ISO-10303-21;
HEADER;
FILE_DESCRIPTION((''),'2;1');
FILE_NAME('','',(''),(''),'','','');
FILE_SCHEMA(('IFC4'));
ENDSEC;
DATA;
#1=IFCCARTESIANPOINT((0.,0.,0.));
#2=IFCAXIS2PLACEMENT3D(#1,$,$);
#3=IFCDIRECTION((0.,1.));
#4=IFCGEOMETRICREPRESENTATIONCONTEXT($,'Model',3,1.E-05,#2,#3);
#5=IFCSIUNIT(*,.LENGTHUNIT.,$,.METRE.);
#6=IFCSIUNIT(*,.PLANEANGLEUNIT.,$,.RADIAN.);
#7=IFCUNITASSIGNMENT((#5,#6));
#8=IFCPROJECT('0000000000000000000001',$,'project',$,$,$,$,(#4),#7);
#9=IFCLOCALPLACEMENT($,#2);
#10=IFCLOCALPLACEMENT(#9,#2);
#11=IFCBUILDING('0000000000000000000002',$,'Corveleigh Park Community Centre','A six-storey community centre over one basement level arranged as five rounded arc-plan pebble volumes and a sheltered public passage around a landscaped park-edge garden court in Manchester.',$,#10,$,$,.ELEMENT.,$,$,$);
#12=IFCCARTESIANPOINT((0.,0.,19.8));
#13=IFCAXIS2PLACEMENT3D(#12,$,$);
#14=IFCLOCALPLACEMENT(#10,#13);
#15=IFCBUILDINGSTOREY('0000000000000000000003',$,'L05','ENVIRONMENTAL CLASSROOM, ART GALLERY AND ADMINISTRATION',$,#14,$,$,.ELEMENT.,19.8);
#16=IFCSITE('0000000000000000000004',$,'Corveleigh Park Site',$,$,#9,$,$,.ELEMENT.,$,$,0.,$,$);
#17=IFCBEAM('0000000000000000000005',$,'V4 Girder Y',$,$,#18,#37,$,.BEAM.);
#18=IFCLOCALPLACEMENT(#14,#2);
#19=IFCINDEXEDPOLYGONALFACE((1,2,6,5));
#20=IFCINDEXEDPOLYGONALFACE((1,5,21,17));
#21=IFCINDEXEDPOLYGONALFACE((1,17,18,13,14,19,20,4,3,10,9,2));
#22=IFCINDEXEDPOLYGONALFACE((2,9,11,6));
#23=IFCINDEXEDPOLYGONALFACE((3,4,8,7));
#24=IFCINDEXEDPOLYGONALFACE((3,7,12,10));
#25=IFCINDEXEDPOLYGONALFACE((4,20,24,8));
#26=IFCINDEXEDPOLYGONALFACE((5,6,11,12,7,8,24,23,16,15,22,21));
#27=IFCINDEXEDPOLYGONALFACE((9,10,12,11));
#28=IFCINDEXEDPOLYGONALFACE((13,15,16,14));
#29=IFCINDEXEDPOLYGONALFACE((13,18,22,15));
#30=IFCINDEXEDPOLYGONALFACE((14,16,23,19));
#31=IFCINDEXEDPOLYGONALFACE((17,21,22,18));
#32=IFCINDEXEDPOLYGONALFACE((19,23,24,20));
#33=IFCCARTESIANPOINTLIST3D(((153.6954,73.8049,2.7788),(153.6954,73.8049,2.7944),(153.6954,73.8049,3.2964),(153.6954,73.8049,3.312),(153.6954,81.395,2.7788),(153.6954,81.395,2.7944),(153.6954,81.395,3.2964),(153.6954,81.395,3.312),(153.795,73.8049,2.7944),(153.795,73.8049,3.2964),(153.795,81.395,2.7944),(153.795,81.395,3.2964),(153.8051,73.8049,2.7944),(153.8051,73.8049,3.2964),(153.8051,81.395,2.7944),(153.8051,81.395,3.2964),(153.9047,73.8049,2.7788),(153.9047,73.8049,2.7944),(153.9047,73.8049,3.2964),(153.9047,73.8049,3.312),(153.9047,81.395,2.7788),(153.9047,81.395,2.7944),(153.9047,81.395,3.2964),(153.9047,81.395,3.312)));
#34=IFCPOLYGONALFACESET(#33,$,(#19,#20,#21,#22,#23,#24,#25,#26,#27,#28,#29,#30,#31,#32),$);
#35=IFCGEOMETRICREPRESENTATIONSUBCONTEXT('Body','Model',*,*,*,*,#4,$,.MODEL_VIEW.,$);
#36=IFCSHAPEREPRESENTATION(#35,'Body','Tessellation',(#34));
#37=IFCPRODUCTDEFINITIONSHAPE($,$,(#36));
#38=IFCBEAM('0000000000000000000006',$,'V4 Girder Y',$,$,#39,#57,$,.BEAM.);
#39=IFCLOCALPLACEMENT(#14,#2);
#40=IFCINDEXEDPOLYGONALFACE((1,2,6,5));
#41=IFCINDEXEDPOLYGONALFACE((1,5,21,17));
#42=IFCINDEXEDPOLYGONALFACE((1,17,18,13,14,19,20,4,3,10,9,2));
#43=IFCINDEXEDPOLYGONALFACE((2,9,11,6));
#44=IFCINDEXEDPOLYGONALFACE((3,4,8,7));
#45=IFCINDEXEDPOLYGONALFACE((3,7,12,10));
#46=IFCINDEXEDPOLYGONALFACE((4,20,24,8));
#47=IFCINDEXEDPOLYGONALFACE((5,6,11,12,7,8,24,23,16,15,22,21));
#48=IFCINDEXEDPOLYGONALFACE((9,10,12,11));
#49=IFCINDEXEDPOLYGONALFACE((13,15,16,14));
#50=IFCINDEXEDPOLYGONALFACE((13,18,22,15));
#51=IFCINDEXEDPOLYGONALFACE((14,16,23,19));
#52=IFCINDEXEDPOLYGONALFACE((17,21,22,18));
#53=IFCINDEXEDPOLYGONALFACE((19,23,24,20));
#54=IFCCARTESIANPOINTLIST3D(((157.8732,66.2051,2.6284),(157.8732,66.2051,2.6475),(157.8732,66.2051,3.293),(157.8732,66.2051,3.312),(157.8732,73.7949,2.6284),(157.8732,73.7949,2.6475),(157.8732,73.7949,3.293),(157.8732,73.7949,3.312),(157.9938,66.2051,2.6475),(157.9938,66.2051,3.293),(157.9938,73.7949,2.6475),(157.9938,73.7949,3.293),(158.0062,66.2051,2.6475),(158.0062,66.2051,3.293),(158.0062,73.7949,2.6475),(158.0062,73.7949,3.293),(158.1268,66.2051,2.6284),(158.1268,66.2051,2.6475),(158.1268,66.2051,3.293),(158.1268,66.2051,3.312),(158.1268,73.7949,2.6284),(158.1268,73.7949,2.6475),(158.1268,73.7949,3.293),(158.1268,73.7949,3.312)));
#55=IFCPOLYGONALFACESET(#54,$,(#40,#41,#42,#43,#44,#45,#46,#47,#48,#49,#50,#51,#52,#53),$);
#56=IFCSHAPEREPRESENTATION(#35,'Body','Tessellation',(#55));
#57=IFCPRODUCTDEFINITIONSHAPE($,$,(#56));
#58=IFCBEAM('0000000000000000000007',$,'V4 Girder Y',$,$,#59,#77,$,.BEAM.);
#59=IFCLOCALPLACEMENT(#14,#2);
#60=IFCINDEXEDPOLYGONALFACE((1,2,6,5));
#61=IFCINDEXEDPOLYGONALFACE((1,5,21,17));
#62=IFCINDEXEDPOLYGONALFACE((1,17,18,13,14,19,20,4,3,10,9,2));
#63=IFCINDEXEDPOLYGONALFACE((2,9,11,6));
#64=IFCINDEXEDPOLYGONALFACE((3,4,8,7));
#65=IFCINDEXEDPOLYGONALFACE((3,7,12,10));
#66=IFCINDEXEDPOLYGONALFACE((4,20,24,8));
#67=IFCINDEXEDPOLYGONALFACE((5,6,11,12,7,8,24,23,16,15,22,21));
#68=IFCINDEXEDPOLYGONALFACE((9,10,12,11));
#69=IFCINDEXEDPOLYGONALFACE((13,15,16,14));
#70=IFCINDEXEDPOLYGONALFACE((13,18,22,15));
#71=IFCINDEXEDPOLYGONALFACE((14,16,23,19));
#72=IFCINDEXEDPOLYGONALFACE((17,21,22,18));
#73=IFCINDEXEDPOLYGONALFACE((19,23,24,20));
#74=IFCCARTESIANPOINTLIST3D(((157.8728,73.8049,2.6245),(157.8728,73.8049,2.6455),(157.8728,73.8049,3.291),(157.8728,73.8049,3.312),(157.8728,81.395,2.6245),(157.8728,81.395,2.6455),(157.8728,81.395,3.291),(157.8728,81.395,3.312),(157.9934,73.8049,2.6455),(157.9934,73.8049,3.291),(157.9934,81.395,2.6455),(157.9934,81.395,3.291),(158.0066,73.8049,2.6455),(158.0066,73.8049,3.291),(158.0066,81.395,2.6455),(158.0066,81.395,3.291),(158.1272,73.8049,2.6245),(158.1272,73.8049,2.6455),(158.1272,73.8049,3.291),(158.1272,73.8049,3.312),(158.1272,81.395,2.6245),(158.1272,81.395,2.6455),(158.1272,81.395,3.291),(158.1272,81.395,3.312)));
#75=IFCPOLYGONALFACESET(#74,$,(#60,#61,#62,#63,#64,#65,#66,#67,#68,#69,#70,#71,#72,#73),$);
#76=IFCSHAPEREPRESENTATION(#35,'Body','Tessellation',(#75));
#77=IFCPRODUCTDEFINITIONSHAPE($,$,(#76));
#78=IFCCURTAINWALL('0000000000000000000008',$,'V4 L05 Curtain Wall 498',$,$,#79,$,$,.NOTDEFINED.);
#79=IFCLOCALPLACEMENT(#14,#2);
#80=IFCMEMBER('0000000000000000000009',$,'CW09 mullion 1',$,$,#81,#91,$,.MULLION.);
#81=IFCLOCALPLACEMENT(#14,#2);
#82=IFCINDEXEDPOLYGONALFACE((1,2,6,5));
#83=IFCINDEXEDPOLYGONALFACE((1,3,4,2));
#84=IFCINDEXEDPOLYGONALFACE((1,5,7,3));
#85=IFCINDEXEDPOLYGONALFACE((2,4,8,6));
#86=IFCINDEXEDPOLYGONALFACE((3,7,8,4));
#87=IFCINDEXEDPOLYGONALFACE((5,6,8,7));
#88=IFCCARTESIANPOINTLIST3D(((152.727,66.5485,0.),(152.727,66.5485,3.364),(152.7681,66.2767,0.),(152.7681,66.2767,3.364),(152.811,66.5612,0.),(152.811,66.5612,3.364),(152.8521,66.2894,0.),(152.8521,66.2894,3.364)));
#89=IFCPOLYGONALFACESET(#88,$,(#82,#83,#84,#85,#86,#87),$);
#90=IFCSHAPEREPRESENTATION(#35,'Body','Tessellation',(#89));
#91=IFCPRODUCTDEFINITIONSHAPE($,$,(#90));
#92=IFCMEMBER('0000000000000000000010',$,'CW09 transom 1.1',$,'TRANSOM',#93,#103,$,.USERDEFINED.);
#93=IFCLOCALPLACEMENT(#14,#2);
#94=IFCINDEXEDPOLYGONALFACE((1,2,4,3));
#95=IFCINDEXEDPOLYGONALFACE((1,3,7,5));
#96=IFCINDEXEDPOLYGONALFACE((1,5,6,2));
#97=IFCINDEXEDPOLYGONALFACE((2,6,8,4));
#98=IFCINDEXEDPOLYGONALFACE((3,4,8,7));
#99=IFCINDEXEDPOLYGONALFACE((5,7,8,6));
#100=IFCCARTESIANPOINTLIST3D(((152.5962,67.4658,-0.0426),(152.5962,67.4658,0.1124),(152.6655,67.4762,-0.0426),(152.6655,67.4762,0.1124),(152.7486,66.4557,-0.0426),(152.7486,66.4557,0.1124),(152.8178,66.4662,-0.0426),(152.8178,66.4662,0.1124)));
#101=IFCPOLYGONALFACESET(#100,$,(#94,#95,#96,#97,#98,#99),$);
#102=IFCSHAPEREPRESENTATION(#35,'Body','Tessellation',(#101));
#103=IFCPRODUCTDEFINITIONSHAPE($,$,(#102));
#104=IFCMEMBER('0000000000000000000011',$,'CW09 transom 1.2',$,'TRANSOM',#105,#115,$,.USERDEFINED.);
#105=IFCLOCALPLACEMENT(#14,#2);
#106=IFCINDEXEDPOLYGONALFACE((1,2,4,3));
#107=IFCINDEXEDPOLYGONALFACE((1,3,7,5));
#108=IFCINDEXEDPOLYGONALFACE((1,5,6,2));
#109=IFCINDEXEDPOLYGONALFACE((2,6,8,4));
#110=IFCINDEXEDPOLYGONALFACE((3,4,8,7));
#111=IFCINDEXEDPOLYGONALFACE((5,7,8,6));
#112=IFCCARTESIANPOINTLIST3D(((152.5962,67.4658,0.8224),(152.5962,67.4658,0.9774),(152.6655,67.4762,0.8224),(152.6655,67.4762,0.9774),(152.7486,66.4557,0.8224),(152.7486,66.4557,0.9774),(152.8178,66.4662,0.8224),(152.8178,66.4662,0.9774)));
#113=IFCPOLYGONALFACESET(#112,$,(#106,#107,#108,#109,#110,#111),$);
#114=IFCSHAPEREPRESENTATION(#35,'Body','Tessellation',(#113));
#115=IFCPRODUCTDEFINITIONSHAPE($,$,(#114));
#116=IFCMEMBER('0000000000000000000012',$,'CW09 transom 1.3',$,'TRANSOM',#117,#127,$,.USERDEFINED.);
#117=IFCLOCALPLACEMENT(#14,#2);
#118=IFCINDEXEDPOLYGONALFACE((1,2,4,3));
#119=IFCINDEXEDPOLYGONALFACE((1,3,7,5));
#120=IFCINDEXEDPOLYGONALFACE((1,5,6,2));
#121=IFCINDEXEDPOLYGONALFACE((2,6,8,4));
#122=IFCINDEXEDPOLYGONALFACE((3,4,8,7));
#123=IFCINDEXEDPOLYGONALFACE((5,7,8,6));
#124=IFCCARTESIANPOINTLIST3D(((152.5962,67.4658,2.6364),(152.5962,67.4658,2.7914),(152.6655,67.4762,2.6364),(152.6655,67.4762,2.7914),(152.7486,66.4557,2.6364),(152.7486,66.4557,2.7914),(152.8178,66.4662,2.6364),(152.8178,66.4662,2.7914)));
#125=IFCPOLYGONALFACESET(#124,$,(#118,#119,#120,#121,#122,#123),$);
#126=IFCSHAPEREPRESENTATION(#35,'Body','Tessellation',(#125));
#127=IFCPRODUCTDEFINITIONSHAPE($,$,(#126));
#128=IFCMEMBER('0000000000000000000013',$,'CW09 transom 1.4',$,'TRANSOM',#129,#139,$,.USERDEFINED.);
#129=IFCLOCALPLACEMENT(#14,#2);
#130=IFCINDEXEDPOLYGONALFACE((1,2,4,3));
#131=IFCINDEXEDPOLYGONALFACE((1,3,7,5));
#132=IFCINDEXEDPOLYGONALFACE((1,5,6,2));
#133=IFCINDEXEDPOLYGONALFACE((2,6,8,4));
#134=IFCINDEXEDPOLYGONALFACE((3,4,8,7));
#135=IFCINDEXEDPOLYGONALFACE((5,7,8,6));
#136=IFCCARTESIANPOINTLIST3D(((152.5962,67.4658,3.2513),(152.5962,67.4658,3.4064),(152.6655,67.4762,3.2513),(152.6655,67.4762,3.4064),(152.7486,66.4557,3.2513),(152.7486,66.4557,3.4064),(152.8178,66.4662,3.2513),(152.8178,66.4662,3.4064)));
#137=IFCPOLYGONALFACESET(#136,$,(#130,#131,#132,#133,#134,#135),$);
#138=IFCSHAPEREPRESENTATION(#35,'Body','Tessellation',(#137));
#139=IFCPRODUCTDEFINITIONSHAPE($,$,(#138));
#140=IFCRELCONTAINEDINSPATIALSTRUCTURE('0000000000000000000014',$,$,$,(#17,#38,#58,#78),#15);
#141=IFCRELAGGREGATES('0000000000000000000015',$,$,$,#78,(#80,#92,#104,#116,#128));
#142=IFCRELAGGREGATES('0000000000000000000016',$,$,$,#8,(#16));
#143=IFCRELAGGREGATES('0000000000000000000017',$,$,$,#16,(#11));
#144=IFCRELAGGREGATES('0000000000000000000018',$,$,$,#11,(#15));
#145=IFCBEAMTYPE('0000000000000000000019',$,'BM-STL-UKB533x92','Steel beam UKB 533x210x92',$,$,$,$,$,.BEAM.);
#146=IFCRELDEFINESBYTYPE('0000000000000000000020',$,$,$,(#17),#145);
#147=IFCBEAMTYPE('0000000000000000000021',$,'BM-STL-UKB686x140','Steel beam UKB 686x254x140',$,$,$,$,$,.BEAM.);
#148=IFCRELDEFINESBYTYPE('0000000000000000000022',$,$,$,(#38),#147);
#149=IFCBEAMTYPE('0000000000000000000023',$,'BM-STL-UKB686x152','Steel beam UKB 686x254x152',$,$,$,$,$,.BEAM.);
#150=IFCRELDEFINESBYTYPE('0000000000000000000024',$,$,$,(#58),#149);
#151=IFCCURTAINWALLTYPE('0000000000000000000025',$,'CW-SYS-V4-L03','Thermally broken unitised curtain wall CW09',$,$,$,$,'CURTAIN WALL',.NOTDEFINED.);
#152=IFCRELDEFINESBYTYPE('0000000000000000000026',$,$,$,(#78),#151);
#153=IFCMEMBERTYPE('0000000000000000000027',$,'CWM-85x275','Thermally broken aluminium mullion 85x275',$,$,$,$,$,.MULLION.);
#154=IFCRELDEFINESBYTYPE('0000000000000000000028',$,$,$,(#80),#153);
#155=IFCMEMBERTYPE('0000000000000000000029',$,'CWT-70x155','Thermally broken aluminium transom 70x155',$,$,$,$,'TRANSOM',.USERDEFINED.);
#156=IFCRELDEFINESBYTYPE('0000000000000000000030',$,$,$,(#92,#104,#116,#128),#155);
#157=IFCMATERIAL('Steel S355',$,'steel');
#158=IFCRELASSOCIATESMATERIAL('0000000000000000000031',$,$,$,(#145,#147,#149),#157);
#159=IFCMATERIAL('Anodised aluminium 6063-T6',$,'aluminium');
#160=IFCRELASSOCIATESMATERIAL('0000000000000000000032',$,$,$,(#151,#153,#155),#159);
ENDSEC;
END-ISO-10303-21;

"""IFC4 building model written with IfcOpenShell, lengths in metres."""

from ifc_helpers import new_model, si_unit, direction, frame, origin, origin_2d, place, context, subcontext, project, spatial, rectangle, i_section, extrude, material, material_profile, profile_set, type_object, element, aggregate, save


model = new_model("IFC4")

# Units and contexts
model_context = context("Model", 3, precision=1e-05, world=origin(), true_north=direction((0.0, 1.0)))
body_context = subcontext(model_context, "Body", "Model", "MODEL_VIEW")
ifc_project = project(units=[si_unit("LENGTHUNIT", "METRE"), si_unit("PLANEANGLEUNIT", "RADIAN")], contexts=[model_context])

# Site, building, storey
site_placement = place(None, origin())
site = spatial("IfcSite", under=ifc_project, at=site_placement, Name="Corveleigh Park Site", CompositionType="ELEMENT", RefElevation=0.0)
building_placement = place(site_placement, origin())
building = spatial("IfcBuilding", under=site, at=building_placement, Name="Corveleigh Park Community Centre", Description="A six-storey community centre over one basement level arranged as five rounded arc-plan pebble volumes and a sheltered public passage around a landscaped park-edge garden court in Manchester.", CompositionType="ELEMENT")
storey_placement = place(building_placement, frame((0.0, 0.0, 19.8)))
storey = spatial("IfcBuildingStorey", under=building, at=storey_placement, Name="L05", Description="ENVIRONMENTAL CLASSROOM, ART GALLERY AND ADMINISTRATION", CompositionType="ELEMENT", Elevation=19.8)

# Shared definitions
ifc_material_1 = material(Name="Steel S355", Category="steel")

# Beams
ifc_material_profile_1 = material_profile(ifc_material_1, i_section(OverallWidth=0.2092, OverallDepth=0.5332, WebThickness=0.01, FlangeThickness=0.0156, at=origin_2d()), Name="UKB 533x210x92", Category="steel")
ifc_profile_set_1 = profile_set([ifc_material_profile_1], Name="Steel S355")
beam_type_1 = type_object("IfcBeamType", Name="BM-STL-UKB533x92", Description="Steel beam UKB 533x210x92", PredefinedType="BEAM", material=ifc_profile_set_1)
beam_1_placement = place(storey_placement, frame((153.8, 73.8049, 3.0454), z_axis=(0.0, 1.0, 0.0), x_axis=(-1.0, 0.0, 0.0)))
element("IfcBeam", 1, at=beam_1_placement, inside=storey, type_object=beam_type_1, Name="V4 Girder Y", PredefinedType="BEAM", context=body_context, shape_type="SweptSolid", body=[
    extrude(i_section(OverallWidth=0.2092, OverallDepth=0.5332, WebThickness=0.01, FlangeThickness=0.0156, at=origin_2d()), origin(), (0.0, 0.0, 1.0), 7.5901),
])
ifc_material_profile_2 = material_profile(ifc_material_1, i_section(OverallWidth=0.2537, OverallDepth=0.6836, WebThickness=0.0125, FlangeThickness=0.019, at=origin_2d()), Name="UKB 686x254x140", Category="steel")
ifc_profile_set_2 = profile_set([ifc_material_profile_2], Name="Steel S355")
beam_type_2 = type_object("IfcBeamType", Name="BM-STL-UKB686x140", Description="Steel beam UKB 686x254x140", PredefinedType="BEAM", material=ifc_profile_set_2)
beam_2_placement = place(storey_placement, frame((158.0, 66.2051, 2.9702), z_axis=(0.0, 1.0, 0.0), x_axis=(-1.0, 0.0, 0.0)))
element("IfcBeam", 2, at=beam_2_placement, inside=storey, type_object=beam_type_2, Name="V4 Girder Y", PredefinedType="BEAM", context=body_context, shape_type="SweptSolid", body=[
    extrude(i_section(OverallWidth=0.2537, OverallDepth=0.6836, WebThickness=0.0125, FlangeThickness=0.019, at=origin_2d()), origin(), (0.0, 0.0, 1.0), 7.5898),
])
ifc_material_profile_3 = material_profile(ifc_material_1, i_section(OverallWidth=0.2544, OverallDepth=0.6875, WebThickness=0.0132, FlangeThickness=0.021, at=origin_2d()), Name="UKB 686x254x152", Category="steel")
ifc_profile_set_3 = profile_set([ifc_material_profile_3], Name="Steel S355")
beam_type_3 = type_object("IfcBeamType", Name="BM-STL-UKB686x152", Description="Steel beam UKB 686x254x152", PredefinedType="BEAM", material=ifc_profile_set_3)
beam_3_placement = place(storey_placement, frame((158.0, 73.8049, 2.9683), z_axis=(0.0, 1.0, 0.0), x_axis=(-1.0, 0.0, 0.0)))
element("IfcBeam", 3, at=beam_3_placement, inside=storey, type_object=beam_type_3, Name="V4 Girder Y", PredefinedType="BEAM", context=body_context, shape_type="SweptSolid", body=[
    extrude(i_section(OverallWidth=0.2544, OverallDepth=0.6875, WebThickness=0.0132, FlangeThickness=0.021, at=origin_2d()), origin(), (0.0, 0.0, 1.0), 7.5901),
])

# Curtain wall, members
ifc_material_2 = material(Name="Anodised aluminium 6063-T6", Category="aluminium")
curtain_wall_type = type_object("IfcCurtainWallType", Name="CW-SYS-V4-L03", Description="Thermally broken unitised curtain wall CW09", ElementType="CURTAIN WALL", PredefinedType="NOTDEFINED", material=ifc_material_2)
curtain_wall_placement = place(storey_placement, origin())
curtain_wall = element("IfcCurtainWall", 4, at=curtain_wall_placement, inside=storey, type_object=curtain_wall_type, Name="V4 L05 Curtain Wall 498", PredefinedType="NOTDEFINED")
ifc_material_profile_4 = material_profile(ifc_material_2, rectangle(XDim=0.085, YDim=0.2749, at=origin_2d()), Name="ALU-M85x275", Category="aluminium")
ifc_profile_set_4 = profile_set([ifc_material_profile_4], Name="Anodised aluminium 6063-T6")
member_type_1 = type_object("IfcMemberType", Name="CWM-85x275", Description="Thermally broken aluminium mullion 85x275", PredefinedType="MULLION", material=ifc_profile_set_4)
member_1_placement = place(storey_placement, frame((152.7896, 66.4189, 0.0), z_axis=(0.0, 0.0, 1.0), x_axis=(-0.988795, -0.149277, 0.0)))
member_1 = element("IfcMember", 5, at=member_1_placement, type_object=member_type_1, Name="CW09 mullion 1", PredefinedType="MULLION", context=body_context, shape_type="SweptSolid", body=[
    extrude(rectangle(XDim=0.085, YDim=0.2749, at=origin_2d()), origin(), (0.0, 0.0, 1.0), 3.364),
])
ifc_material_profile_5 = material_profile(ifc_material_2, rectangle(XDim=0.0701, YDim=0.155, at=origin_2d()), Name="ALU-T70x155", Category="aluminium")
ifc_profile_set_5 = profile_set([ifc_material_profile_5], Name="Anodised aluminium 6063-T6")
member_type_2 = type_object("IfcMemberType", Name="CWT-70x155", Description="Thermally broken aluminium transom 70x155", ElementType="TRANSOM", PredefinedType="USERDEFINED", material=ifc_profile_set_5)
member_2_placement = place(storey_placement, frame((152.7832, 66.4609, 0.0349), z_axis=(-0.149147, 0.988815, 0.0), x_axis=(-0.988815, -0.149147, 0.0)))
member_2 = element("IfcMember", 6, at=member_2_placement, type_object=member_type_2, Name="CW09 transom 1.1", ObjectType="TRANSOM", PredefinedType="USERDEFINED", context=body_context, shape_type="SweptSolid", body=[
    extrude(rectangle(XDim=0.0701, YDim=0.155, at=origin_2d()), origin(), (0.0, 0.0, 1.0), 1.0215),
])
member_3_placement = place(storey_placement, frame((152.7832, 66.4609, 0.8999), z_axis=(-0.149147, 0.988815, 0.0), x_axis=(-0.988815, -0.149147, 0.0)))
member_3 = element("IfcMember", 7, at=member_3_placement, type_object=member_type_2, Name="CW09 transom 1.2", ObjectType="TRANSOM", PredefinedType="USERDEFINED", context=body_context, shape_type="SweptSolid", body=[
    extrude(rectangle(XDim=0.0701, YDim=0.155, at=origin_2d()), origin(), (0.0, 0.0, 1.0), 1.0215),
])
member_4_placement = place(storey_placement, frame((152.7832, 66.4609, 2.7139), z_axis=(-0.149147, 0.988815, 0.0), x_axis=(-0.988815, -0.149147, 0.0)))
member_4 = element("IfcMember", 8, at=member_4_placement, type_object=member_type_2, Name="CW09 transom 1.3", ObjectType="TRANSOM", PredefinedType="USERDEFINED", context=body_context, shape_type="SweptSolid", body=[
    extrude(rectangle(XDim=0.0701, YDim=0.155, at=origin_2d()), origin(), (0.0, 0.0, 1.0), 1.0215),
])
member_5_placement = place(storey_placement, frame((152.7832, 66.4609, 3.3289), z_axis=(-0.149147, 0.988815, 0.0), x_axis=(-0.988815, -0.149147, 0.0)))
member_5 = element("IfcMember", 9, at=member_5_placement, type_object=member_type_2, Name="CW09 transom 1.4", ObjectType="TRANSOM", PredefinedType="USERDEFINED", context=body_context, shape_type="SweptSolid", body=[
    extrude(rectangle(XDim=0.0701, YDim=0.155, at=origin_2d()), origin(), (0.0, 0.0, 1.0), 1.0215),
])

aggregate(curtain_wall, [member_1, member_2, member_3, member_4, member_5])

save(model, "model.ifc")
